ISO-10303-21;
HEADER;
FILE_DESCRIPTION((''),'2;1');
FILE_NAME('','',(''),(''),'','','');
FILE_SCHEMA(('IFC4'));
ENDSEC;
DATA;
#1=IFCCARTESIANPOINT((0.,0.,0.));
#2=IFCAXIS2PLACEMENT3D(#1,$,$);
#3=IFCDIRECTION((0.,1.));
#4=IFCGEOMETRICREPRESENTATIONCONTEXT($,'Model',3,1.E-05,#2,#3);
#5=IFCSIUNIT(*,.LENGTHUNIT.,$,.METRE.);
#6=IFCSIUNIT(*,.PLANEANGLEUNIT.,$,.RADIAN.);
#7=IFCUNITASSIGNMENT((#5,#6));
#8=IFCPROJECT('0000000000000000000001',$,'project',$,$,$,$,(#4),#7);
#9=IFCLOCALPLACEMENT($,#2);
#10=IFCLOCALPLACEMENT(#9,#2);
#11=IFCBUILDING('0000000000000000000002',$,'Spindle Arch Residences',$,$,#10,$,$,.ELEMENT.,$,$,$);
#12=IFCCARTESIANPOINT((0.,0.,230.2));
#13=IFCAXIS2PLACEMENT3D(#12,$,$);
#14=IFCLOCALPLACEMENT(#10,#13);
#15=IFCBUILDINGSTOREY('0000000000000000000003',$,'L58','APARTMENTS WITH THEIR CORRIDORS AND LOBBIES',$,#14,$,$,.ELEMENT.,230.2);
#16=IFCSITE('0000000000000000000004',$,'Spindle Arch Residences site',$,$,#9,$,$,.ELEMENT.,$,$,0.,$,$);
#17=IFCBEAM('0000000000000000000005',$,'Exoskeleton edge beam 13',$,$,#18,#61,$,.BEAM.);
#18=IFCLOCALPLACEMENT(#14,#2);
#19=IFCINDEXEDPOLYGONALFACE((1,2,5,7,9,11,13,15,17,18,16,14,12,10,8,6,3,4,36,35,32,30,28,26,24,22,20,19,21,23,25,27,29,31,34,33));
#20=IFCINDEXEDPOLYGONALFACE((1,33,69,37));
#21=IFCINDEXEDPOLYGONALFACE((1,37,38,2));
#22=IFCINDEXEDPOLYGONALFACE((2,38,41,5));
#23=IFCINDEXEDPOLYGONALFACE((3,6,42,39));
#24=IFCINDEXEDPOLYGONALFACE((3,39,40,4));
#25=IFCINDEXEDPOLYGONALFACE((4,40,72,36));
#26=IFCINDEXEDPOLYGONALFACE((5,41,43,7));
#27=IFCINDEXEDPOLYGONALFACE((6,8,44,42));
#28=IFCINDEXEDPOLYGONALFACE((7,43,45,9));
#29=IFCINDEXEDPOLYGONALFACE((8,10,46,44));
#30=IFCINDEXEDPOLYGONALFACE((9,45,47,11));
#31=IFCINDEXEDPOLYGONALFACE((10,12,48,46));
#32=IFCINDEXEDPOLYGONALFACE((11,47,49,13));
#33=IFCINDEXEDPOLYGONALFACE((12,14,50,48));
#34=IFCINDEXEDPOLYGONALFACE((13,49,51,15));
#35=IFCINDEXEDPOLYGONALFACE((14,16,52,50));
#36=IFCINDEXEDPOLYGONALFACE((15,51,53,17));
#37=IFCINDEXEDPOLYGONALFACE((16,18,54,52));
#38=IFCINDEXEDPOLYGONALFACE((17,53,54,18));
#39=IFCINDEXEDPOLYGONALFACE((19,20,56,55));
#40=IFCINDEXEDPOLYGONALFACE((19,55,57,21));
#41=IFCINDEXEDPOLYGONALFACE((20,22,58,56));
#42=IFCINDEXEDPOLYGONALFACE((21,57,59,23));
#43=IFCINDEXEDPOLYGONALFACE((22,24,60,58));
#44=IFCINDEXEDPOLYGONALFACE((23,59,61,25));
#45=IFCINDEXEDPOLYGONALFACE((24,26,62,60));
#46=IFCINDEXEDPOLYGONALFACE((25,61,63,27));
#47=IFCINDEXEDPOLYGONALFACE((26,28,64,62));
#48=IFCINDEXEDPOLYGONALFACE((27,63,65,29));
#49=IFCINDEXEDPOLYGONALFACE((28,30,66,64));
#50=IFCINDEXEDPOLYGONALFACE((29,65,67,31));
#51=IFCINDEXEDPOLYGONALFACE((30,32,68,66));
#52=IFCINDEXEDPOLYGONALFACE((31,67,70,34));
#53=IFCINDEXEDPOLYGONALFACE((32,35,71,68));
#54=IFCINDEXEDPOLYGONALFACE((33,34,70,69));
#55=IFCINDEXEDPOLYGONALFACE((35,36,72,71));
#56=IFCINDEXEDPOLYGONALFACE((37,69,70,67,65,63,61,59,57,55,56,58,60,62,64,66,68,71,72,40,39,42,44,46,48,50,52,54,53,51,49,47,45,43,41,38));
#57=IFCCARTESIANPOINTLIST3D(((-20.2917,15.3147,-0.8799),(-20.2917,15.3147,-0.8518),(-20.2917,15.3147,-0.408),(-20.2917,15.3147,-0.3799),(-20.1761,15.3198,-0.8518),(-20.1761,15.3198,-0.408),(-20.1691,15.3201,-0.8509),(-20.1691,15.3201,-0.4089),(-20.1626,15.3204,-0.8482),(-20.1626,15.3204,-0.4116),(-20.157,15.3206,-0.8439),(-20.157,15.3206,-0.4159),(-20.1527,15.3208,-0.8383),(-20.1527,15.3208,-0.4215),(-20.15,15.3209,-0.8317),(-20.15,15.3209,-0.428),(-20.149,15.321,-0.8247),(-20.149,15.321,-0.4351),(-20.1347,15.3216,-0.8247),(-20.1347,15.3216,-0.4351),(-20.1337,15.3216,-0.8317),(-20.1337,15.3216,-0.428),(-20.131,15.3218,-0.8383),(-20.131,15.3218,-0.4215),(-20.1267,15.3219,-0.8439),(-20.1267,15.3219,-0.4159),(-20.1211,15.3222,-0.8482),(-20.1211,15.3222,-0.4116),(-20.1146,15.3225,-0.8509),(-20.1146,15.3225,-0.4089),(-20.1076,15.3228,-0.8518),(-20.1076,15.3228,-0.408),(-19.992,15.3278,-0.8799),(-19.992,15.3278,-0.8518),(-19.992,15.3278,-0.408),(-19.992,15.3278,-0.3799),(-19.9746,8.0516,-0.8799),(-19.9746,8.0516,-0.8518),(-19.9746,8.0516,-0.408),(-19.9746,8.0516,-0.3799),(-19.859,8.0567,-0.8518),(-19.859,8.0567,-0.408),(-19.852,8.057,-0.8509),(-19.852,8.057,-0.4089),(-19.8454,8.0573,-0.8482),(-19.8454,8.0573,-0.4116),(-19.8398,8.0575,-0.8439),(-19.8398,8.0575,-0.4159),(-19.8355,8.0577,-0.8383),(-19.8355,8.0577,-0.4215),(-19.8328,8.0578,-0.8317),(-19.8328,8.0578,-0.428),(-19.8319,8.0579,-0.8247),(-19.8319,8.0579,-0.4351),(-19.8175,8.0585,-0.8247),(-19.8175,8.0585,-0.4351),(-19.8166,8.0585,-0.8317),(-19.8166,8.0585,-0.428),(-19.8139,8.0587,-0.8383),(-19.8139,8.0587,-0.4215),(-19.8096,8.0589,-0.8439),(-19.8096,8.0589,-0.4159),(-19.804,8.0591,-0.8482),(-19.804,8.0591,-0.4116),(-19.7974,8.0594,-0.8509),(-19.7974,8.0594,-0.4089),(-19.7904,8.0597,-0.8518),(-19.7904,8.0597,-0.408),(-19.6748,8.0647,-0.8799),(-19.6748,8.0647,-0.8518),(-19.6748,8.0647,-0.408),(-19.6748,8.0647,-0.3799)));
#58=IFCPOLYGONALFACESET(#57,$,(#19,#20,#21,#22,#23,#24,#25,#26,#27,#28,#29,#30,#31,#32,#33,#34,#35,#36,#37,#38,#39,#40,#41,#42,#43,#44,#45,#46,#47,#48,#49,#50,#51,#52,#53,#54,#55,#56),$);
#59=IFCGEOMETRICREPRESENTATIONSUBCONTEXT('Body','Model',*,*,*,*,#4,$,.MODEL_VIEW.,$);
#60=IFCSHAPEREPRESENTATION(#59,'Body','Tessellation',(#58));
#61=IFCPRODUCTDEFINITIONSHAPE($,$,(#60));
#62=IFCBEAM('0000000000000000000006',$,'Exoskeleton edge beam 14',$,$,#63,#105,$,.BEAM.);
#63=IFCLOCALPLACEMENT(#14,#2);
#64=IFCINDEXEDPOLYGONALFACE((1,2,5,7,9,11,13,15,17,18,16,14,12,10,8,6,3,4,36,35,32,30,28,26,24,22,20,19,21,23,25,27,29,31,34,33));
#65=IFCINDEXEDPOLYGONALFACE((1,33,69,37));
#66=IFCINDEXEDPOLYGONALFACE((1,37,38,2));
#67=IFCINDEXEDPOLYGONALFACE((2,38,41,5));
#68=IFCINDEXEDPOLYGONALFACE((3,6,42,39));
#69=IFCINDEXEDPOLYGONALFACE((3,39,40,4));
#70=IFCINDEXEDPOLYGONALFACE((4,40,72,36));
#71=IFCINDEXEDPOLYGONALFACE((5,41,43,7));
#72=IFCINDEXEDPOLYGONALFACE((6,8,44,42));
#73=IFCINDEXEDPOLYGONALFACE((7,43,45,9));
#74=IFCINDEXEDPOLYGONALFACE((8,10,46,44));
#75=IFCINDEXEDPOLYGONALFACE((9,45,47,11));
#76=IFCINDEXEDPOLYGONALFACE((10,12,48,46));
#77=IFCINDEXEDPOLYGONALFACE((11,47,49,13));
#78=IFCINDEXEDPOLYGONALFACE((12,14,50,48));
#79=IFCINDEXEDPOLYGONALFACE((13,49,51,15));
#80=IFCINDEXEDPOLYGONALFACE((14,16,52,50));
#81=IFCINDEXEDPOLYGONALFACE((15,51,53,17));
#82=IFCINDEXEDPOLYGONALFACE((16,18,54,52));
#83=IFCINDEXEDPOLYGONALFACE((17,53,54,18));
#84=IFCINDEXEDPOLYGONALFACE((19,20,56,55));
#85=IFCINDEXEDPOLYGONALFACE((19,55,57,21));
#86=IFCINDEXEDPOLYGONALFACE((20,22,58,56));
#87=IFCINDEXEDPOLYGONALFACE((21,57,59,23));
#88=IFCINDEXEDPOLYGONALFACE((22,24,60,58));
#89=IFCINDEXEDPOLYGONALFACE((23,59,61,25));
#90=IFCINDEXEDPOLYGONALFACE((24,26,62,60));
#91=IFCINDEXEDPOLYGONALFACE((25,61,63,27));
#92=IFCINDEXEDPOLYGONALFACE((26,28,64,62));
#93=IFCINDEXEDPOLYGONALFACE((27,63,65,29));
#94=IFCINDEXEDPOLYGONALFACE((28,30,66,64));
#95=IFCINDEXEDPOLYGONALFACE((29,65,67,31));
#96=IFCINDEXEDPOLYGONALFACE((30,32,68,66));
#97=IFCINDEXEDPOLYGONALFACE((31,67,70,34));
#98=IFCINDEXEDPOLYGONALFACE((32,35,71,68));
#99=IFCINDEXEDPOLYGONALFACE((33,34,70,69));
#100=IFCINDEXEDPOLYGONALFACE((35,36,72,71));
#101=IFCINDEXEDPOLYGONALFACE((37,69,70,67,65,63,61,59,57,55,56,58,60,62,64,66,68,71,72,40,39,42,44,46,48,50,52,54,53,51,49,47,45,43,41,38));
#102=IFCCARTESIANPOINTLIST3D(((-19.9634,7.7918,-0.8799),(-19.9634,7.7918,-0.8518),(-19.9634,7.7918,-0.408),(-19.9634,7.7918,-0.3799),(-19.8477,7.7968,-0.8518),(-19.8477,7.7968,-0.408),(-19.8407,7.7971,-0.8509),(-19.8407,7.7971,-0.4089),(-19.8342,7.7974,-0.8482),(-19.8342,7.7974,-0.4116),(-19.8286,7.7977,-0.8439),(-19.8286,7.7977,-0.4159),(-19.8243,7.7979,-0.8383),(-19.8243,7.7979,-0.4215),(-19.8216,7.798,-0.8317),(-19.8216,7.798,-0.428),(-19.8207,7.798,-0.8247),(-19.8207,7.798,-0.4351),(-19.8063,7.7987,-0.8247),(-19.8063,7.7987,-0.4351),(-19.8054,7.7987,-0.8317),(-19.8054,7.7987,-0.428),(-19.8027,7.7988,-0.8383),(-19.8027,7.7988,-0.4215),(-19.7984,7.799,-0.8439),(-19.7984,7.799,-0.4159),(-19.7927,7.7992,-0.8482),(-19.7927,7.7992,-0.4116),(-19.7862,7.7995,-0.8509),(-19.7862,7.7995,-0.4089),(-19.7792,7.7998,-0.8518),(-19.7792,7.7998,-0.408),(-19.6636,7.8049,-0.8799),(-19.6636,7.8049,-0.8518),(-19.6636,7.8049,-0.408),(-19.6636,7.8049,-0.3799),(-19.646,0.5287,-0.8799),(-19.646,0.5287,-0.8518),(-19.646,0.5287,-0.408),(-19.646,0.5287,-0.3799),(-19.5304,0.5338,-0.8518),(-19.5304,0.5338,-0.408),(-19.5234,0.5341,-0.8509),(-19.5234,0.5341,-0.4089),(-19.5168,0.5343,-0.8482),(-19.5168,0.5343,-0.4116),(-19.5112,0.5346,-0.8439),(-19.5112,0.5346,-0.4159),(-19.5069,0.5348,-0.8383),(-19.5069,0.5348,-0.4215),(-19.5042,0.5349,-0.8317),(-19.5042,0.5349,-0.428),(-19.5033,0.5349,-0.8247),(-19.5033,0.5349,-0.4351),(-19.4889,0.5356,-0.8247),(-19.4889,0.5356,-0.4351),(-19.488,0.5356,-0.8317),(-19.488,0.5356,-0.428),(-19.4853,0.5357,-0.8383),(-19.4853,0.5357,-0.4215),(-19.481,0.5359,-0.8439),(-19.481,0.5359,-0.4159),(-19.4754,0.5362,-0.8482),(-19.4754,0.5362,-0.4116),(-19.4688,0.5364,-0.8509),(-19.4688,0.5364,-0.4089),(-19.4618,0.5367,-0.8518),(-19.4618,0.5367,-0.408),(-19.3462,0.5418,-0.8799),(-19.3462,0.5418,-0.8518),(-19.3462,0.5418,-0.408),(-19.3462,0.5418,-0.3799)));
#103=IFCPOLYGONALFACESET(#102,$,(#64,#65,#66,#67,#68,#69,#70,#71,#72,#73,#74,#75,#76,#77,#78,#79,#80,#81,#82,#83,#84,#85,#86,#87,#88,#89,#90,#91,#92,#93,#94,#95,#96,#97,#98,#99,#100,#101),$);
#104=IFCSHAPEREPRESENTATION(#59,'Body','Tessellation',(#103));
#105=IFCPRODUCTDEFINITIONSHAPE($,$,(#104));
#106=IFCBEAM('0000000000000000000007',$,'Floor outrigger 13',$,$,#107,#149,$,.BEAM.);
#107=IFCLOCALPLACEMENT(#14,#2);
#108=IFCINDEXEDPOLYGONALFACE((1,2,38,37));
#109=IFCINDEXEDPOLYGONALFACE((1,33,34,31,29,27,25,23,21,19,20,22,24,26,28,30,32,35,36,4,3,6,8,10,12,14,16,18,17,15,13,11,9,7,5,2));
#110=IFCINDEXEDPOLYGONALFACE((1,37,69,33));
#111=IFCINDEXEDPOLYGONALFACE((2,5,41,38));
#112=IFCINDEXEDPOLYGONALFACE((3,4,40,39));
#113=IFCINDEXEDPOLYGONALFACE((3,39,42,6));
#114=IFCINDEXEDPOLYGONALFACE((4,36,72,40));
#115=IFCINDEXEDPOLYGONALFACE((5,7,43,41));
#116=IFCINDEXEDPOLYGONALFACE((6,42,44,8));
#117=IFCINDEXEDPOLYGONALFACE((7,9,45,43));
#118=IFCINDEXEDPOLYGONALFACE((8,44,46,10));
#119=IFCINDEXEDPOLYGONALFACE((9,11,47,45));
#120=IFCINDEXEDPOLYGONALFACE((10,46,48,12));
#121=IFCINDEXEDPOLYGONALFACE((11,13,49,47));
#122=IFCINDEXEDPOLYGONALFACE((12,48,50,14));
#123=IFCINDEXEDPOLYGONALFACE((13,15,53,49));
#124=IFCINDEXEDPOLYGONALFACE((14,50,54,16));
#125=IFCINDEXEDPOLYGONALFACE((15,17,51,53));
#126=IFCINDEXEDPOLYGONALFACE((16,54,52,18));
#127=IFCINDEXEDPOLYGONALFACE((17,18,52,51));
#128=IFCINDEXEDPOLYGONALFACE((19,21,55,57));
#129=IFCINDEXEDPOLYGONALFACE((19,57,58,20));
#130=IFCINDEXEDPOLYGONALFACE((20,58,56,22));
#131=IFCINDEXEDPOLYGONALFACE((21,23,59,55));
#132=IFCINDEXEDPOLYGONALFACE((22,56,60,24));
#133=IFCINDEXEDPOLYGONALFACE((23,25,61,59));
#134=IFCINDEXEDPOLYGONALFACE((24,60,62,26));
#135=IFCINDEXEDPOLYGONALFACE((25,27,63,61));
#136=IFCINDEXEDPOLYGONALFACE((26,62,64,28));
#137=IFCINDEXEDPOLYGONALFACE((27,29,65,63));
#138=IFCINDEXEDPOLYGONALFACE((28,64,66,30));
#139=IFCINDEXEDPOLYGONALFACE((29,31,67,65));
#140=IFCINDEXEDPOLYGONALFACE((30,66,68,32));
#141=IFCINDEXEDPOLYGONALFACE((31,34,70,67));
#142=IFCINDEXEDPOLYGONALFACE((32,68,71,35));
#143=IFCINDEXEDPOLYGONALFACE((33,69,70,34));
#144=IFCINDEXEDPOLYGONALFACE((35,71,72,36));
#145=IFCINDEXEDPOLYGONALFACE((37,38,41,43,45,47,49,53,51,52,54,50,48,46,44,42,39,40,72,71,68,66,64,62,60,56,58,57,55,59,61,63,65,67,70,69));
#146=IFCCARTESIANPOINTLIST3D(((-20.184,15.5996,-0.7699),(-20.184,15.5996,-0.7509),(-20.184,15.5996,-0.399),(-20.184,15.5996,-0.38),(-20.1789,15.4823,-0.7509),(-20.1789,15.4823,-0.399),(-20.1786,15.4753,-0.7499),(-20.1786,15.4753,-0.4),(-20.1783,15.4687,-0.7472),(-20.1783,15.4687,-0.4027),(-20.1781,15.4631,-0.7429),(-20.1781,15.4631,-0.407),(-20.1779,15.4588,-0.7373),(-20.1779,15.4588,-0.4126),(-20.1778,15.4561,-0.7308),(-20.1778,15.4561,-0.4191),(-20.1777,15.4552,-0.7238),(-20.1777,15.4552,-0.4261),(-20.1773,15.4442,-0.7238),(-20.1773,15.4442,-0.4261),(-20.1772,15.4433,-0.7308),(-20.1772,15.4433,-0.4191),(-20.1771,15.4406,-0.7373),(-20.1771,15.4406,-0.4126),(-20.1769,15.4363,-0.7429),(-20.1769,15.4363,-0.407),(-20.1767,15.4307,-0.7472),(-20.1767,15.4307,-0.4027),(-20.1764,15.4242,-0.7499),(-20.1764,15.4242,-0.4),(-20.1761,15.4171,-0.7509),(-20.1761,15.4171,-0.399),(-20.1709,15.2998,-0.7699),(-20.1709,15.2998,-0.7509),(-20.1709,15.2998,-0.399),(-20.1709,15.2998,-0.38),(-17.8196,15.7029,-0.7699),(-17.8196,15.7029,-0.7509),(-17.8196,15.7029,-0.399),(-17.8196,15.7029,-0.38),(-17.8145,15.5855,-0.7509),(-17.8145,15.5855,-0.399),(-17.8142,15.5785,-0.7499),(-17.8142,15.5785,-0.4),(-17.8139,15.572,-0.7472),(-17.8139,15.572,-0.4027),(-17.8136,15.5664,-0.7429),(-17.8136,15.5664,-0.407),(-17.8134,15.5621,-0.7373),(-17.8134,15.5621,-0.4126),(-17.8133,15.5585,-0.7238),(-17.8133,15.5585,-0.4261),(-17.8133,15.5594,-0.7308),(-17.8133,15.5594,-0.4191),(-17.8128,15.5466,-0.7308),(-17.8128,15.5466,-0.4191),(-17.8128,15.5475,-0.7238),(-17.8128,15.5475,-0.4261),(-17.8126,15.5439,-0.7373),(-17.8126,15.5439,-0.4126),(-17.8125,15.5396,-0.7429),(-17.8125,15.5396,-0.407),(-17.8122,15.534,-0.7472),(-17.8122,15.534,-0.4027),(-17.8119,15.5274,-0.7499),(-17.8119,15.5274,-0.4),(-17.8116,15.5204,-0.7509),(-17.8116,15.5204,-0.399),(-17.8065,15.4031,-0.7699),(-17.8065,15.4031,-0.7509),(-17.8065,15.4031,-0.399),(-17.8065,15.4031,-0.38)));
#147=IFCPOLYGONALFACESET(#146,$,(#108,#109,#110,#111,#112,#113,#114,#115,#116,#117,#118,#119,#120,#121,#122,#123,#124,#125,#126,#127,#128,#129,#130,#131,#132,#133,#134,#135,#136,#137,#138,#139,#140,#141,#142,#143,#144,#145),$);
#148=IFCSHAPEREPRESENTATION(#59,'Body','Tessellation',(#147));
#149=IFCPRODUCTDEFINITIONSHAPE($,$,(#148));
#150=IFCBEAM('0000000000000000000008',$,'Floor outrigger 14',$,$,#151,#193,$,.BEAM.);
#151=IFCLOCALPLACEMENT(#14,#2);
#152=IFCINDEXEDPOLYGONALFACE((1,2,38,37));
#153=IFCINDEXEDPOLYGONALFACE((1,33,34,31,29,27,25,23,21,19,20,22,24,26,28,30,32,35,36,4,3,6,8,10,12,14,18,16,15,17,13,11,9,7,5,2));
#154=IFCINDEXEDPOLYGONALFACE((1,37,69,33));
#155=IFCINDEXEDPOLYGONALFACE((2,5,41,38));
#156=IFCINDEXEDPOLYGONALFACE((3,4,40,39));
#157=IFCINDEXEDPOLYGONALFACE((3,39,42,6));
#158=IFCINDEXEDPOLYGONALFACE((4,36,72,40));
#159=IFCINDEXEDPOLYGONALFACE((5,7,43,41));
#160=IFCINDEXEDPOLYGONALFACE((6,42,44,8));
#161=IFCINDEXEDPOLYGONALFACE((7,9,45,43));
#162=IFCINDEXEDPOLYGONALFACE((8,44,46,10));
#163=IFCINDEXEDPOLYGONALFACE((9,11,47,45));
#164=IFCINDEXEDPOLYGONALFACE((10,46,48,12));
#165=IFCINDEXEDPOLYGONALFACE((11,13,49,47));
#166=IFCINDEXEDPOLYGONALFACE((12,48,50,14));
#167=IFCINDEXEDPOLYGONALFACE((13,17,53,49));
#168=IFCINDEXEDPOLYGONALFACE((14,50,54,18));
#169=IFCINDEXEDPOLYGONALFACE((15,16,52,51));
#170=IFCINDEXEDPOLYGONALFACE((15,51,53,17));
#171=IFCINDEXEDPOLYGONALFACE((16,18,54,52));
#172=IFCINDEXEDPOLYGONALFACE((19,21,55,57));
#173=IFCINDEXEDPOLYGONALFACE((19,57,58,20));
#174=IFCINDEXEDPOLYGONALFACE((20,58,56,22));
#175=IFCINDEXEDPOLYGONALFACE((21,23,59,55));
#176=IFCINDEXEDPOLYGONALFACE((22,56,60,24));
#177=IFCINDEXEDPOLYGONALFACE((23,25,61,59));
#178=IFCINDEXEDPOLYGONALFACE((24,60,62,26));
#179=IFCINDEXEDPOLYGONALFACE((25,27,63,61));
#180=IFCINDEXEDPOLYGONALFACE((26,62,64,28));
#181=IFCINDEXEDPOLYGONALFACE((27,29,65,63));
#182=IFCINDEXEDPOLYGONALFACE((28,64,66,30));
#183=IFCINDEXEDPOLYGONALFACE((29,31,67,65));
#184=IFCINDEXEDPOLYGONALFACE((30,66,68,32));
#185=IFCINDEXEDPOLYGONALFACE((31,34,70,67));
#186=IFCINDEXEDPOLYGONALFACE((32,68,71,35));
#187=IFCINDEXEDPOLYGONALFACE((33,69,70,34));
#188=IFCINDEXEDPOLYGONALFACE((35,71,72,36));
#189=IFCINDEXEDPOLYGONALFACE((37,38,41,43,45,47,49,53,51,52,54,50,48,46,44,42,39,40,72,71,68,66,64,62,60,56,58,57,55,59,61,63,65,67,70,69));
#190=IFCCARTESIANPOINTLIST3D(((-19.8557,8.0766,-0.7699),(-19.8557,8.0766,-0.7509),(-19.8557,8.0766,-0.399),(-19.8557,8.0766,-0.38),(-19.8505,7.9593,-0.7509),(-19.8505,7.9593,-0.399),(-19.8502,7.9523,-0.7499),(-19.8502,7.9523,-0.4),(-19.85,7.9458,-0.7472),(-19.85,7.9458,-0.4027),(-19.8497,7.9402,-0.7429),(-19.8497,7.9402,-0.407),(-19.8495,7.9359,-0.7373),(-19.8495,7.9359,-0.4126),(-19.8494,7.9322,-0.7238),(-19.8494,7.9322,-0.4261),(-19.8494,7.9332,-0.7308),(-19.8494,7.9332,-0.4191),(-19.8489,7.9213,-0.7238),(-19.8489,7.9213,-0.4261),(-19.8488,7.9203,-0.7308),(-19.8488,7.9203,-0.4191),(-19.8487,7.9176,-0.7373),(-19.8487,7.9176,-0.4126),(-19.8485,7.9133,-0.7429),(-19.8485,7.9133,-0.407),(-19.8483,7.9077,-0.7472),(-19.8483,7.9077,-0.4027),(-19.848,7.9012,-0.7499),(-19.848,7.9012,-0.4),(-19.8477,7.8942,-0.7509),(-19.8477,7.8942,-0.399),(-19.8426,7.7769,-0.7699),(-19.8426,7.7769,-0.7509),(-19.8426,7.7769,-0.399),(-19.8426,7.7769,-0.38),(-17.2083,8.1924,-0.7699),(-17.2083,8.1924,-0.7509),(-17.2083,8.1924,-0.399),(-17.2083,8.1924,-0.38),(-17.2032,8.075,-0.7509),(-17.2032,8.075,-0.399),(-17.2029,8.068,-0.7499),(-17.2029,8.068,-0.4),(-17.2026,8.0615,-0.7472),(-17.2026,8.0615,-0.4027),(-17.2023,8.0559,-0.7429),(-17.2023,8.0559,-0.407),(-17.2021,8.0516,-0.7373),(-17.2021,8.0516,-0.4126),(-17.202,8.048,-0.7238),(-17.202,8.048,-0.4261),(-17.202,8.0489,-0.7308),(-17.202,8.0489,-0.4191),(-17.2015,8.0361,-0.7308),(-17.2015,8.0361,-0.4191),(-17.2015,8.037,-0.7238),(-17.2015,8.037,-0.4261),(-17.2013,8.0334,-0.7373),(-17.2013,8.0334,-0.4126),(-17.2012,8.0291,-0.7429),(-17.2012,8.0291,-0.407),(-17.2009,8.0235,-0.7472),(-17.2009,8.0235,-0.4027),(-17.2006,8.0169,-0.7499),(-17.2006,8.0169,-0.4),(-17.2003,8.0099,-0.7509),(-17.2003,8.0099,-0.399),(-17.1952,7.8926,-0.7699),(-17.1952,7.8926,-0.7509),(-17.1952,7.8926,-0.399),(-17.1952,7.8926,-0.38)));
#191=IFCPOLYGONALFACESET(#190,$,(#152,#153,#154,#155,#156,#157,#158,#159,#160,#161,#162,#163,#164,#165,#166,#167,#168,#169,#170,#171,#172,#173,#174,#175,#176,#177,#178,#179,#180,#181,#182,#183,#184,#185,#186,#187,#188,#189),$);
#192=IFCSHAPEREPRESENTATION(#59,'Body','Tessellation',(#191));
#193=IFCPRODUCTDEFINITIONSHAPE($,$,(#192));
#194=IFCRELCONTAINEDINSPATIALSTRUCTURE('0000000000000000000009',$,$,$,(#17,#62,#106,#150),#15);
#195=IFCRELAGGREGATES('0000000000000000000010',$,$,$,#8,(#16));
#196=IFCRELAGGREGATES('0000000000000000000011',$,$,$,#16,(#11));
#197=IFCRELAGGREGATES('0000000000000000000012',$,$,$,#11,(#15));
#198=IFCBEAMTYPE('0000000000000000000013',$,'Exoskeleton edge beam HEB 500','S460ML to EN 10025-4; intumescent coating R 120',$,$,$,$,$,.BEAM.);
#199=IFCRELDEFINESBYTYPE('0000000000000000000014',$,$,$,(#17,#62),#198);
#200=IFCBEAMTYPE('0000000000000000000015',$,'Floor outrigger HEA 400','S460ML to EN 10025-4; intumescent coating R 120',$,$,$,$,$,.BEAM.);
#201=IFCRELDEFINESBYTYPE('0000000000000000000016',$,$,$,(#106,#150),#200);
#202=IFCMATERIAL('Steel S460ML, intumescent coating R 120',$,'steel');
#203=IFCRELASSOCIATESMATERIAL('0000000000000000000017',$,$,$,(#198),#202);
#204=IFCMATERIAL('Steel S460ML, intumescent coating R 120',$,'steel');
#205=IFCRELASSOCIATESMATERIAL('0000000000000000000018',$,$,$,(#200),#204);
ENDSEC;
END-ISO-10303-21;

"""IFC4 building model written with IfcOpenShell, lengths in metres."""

from ifc_helpers import new_model, si_unit, direction, frame, origin, origin_2d, place, context, subcontext, project, spatial, i_section, extrude, material, material_profile, profile_set, type_object, element, save


model = new_model("IFC4")

# Units and contexts
model_context = context("Model", 3, precision=1e-05, world=origin(), true_north=direction((0.0, 1.0)))
body_context = subcontext(model_context, "Body", "Model", "MODEL_VIEW")
ifc_project = project(units=[si_unit("LENGTHUNIT", "METRE"), si_unit("PLANEANGLEUNIT", "RADIAN")], contexts=[model_context])

# Site, building, storey
site_placement = place(None, origin())
site = spatial("IfcSite", under=ifc_project, at=site_placement, Name="Spindle Arch Residences site", CompositionType="ELEMENT", RefElevation=0.0)
building_placement = place(site_placement, origin())
building = spatial("IfcBuilding", under=site, at=building_placement, Name="Spindle Arch Residences", CompositionType="ELEMENT")
storey_placement = place(building_placement, frame((0.0, 0.0, 230.2)))
storey = spatial("IfcBuildingStorey", under=building, at=storey_placement, Name="L58", Description="APARTMENTS WITH THEIR CORRIDORS AND LOBBIES", CompositionType="ELEMENT", Elevation=230.2)

# Beams
ifc_material_1 = material(Name="Steel S460ML, intumescent coating R 120", Category="steel")
ifc_material_profile_1 = material_profile(ifc_material_1, i_section(OverallWidth=0.3, OverallDepth=0.5, WebThickness=0.0144, FlangeThickness=0.0281, FilletRadius=0.0271, at=origin_2d()), Name="HEB 500")
ifc_profile_set_1 = profile_set([ifc_material_profile_1], Name="Steel S460ML, intumescent coating R 120")
beam_type_1 = type_object("IfcBeamType", Name="Exoskeleton edge beam HEB 500", Description="S460ML to EN 10025-4; intumescent coating R 120", PredefinedType="BEAM", material=ifc_profile_set_1)
for number, where, z_axis, x_axis, name in (
    (1, (-20.1418, 15.3213, -0.6299), (0.043622, -0.999048, 0.0), (0.999048, 0.043622, 0.0), "Exoskeleton edge beam 13"),
    (2, (-19.8135, 7.7983, -0.6299), (0.043656, -0.999047, 0.0), (0.999047, 0.043656, 0.0), "Exoskeleton edge beam 14"),
):
    element("IfcBeam", number, at=place(storey_placement, frame(where, z_axis=z_axis, x_axis=x_axis)), inside=storey, type_object=beam_type_1, Name=name, PredefinedType="BEAM", context=body_context, shape_type="SweptSolid", body=[
        extrude(i_section(OverallWidth=0.3, OverallDepth=0.5, WebThickness=0.0144, FlangeThickness=0.0281, FilletRadius=0.0271, at=origin_2d()), origin(), (0.0, 0.0, 1.0), 7.27),
    ])
ifc_material_2 = material(Name="Steel S460ML, intumescent coating R 120", Category="steel")
ifc_material_profile_2 = material_profile(ifc_material_2, i_section(OverallWidth=0.3, OverallDepth=0.3899, WebThickness=0.011, FlangeThickness=0.019, FilletRadius=0.0271, at=origin_2d()), Name="HEA 400")
ifc_profile_set_2 = profile_set([ifc_material_profile_2], Name="Steel S460ML, intumescent coating R 120")
beam_type_2 = type_object("IfcBeamType", Name="Floor outrigger HEA 400", Description="S460ML to EN 10025-4; intumescent coating R 120", PredefinedType="BEAM", material=ifc_profile_set_2)
beam_placement = place(storey_placement, frame((-20.1775, 15.4497, -0.575), z_axis=(0.999048, 0.043634, 0.0), x_axis=(-0.043634, 0.999048, 0.0)))
element("IfcBeam", 3, at=beam_placement, inside=storey, type_object=beam_type_2, Name="Floor outrigger 13", PredefinedType="BEAM", context=body_context, shape_type="SweptSolid", body=[
    extrude(i_section(OverallWidth=0.3, OverallDepth=0.3899, WebThickness=0.011, FlangeThickness=0.019, FilletRadius=0.0271, at=origin_2d()), origin(), (0.0, 0.0, 1.0), 2.3667),
])
for number, where, z_axis, x_axis, name in (
    (4, (-19.8491, 7.9268, -0.575), (0.999046, 0.043669, 0.0), (-0.043669, 0.999046, 0.0), "Floor outrigger 14"),
):
    element("IfcBeam", number, at=place(storey_placement, frame(where, z_axis=z_axis, x_axis=x_axis)), inside=storey, type_object=beam_type_2, Name=name, PredefinedType="BEAM", context=body_context, shape_type="SweptSolid", body=[
        extrude(i_section(OverallWidth=0.3, OverallDepth=0.3899, WebThickness=0.011, FlangeThickness=0.019, FilletRadius=0.0271, at=origin_2d()), origin(), (0.0, 0.0, 1.0), 2.6499),
    ])

save(model, "model.ifc")
